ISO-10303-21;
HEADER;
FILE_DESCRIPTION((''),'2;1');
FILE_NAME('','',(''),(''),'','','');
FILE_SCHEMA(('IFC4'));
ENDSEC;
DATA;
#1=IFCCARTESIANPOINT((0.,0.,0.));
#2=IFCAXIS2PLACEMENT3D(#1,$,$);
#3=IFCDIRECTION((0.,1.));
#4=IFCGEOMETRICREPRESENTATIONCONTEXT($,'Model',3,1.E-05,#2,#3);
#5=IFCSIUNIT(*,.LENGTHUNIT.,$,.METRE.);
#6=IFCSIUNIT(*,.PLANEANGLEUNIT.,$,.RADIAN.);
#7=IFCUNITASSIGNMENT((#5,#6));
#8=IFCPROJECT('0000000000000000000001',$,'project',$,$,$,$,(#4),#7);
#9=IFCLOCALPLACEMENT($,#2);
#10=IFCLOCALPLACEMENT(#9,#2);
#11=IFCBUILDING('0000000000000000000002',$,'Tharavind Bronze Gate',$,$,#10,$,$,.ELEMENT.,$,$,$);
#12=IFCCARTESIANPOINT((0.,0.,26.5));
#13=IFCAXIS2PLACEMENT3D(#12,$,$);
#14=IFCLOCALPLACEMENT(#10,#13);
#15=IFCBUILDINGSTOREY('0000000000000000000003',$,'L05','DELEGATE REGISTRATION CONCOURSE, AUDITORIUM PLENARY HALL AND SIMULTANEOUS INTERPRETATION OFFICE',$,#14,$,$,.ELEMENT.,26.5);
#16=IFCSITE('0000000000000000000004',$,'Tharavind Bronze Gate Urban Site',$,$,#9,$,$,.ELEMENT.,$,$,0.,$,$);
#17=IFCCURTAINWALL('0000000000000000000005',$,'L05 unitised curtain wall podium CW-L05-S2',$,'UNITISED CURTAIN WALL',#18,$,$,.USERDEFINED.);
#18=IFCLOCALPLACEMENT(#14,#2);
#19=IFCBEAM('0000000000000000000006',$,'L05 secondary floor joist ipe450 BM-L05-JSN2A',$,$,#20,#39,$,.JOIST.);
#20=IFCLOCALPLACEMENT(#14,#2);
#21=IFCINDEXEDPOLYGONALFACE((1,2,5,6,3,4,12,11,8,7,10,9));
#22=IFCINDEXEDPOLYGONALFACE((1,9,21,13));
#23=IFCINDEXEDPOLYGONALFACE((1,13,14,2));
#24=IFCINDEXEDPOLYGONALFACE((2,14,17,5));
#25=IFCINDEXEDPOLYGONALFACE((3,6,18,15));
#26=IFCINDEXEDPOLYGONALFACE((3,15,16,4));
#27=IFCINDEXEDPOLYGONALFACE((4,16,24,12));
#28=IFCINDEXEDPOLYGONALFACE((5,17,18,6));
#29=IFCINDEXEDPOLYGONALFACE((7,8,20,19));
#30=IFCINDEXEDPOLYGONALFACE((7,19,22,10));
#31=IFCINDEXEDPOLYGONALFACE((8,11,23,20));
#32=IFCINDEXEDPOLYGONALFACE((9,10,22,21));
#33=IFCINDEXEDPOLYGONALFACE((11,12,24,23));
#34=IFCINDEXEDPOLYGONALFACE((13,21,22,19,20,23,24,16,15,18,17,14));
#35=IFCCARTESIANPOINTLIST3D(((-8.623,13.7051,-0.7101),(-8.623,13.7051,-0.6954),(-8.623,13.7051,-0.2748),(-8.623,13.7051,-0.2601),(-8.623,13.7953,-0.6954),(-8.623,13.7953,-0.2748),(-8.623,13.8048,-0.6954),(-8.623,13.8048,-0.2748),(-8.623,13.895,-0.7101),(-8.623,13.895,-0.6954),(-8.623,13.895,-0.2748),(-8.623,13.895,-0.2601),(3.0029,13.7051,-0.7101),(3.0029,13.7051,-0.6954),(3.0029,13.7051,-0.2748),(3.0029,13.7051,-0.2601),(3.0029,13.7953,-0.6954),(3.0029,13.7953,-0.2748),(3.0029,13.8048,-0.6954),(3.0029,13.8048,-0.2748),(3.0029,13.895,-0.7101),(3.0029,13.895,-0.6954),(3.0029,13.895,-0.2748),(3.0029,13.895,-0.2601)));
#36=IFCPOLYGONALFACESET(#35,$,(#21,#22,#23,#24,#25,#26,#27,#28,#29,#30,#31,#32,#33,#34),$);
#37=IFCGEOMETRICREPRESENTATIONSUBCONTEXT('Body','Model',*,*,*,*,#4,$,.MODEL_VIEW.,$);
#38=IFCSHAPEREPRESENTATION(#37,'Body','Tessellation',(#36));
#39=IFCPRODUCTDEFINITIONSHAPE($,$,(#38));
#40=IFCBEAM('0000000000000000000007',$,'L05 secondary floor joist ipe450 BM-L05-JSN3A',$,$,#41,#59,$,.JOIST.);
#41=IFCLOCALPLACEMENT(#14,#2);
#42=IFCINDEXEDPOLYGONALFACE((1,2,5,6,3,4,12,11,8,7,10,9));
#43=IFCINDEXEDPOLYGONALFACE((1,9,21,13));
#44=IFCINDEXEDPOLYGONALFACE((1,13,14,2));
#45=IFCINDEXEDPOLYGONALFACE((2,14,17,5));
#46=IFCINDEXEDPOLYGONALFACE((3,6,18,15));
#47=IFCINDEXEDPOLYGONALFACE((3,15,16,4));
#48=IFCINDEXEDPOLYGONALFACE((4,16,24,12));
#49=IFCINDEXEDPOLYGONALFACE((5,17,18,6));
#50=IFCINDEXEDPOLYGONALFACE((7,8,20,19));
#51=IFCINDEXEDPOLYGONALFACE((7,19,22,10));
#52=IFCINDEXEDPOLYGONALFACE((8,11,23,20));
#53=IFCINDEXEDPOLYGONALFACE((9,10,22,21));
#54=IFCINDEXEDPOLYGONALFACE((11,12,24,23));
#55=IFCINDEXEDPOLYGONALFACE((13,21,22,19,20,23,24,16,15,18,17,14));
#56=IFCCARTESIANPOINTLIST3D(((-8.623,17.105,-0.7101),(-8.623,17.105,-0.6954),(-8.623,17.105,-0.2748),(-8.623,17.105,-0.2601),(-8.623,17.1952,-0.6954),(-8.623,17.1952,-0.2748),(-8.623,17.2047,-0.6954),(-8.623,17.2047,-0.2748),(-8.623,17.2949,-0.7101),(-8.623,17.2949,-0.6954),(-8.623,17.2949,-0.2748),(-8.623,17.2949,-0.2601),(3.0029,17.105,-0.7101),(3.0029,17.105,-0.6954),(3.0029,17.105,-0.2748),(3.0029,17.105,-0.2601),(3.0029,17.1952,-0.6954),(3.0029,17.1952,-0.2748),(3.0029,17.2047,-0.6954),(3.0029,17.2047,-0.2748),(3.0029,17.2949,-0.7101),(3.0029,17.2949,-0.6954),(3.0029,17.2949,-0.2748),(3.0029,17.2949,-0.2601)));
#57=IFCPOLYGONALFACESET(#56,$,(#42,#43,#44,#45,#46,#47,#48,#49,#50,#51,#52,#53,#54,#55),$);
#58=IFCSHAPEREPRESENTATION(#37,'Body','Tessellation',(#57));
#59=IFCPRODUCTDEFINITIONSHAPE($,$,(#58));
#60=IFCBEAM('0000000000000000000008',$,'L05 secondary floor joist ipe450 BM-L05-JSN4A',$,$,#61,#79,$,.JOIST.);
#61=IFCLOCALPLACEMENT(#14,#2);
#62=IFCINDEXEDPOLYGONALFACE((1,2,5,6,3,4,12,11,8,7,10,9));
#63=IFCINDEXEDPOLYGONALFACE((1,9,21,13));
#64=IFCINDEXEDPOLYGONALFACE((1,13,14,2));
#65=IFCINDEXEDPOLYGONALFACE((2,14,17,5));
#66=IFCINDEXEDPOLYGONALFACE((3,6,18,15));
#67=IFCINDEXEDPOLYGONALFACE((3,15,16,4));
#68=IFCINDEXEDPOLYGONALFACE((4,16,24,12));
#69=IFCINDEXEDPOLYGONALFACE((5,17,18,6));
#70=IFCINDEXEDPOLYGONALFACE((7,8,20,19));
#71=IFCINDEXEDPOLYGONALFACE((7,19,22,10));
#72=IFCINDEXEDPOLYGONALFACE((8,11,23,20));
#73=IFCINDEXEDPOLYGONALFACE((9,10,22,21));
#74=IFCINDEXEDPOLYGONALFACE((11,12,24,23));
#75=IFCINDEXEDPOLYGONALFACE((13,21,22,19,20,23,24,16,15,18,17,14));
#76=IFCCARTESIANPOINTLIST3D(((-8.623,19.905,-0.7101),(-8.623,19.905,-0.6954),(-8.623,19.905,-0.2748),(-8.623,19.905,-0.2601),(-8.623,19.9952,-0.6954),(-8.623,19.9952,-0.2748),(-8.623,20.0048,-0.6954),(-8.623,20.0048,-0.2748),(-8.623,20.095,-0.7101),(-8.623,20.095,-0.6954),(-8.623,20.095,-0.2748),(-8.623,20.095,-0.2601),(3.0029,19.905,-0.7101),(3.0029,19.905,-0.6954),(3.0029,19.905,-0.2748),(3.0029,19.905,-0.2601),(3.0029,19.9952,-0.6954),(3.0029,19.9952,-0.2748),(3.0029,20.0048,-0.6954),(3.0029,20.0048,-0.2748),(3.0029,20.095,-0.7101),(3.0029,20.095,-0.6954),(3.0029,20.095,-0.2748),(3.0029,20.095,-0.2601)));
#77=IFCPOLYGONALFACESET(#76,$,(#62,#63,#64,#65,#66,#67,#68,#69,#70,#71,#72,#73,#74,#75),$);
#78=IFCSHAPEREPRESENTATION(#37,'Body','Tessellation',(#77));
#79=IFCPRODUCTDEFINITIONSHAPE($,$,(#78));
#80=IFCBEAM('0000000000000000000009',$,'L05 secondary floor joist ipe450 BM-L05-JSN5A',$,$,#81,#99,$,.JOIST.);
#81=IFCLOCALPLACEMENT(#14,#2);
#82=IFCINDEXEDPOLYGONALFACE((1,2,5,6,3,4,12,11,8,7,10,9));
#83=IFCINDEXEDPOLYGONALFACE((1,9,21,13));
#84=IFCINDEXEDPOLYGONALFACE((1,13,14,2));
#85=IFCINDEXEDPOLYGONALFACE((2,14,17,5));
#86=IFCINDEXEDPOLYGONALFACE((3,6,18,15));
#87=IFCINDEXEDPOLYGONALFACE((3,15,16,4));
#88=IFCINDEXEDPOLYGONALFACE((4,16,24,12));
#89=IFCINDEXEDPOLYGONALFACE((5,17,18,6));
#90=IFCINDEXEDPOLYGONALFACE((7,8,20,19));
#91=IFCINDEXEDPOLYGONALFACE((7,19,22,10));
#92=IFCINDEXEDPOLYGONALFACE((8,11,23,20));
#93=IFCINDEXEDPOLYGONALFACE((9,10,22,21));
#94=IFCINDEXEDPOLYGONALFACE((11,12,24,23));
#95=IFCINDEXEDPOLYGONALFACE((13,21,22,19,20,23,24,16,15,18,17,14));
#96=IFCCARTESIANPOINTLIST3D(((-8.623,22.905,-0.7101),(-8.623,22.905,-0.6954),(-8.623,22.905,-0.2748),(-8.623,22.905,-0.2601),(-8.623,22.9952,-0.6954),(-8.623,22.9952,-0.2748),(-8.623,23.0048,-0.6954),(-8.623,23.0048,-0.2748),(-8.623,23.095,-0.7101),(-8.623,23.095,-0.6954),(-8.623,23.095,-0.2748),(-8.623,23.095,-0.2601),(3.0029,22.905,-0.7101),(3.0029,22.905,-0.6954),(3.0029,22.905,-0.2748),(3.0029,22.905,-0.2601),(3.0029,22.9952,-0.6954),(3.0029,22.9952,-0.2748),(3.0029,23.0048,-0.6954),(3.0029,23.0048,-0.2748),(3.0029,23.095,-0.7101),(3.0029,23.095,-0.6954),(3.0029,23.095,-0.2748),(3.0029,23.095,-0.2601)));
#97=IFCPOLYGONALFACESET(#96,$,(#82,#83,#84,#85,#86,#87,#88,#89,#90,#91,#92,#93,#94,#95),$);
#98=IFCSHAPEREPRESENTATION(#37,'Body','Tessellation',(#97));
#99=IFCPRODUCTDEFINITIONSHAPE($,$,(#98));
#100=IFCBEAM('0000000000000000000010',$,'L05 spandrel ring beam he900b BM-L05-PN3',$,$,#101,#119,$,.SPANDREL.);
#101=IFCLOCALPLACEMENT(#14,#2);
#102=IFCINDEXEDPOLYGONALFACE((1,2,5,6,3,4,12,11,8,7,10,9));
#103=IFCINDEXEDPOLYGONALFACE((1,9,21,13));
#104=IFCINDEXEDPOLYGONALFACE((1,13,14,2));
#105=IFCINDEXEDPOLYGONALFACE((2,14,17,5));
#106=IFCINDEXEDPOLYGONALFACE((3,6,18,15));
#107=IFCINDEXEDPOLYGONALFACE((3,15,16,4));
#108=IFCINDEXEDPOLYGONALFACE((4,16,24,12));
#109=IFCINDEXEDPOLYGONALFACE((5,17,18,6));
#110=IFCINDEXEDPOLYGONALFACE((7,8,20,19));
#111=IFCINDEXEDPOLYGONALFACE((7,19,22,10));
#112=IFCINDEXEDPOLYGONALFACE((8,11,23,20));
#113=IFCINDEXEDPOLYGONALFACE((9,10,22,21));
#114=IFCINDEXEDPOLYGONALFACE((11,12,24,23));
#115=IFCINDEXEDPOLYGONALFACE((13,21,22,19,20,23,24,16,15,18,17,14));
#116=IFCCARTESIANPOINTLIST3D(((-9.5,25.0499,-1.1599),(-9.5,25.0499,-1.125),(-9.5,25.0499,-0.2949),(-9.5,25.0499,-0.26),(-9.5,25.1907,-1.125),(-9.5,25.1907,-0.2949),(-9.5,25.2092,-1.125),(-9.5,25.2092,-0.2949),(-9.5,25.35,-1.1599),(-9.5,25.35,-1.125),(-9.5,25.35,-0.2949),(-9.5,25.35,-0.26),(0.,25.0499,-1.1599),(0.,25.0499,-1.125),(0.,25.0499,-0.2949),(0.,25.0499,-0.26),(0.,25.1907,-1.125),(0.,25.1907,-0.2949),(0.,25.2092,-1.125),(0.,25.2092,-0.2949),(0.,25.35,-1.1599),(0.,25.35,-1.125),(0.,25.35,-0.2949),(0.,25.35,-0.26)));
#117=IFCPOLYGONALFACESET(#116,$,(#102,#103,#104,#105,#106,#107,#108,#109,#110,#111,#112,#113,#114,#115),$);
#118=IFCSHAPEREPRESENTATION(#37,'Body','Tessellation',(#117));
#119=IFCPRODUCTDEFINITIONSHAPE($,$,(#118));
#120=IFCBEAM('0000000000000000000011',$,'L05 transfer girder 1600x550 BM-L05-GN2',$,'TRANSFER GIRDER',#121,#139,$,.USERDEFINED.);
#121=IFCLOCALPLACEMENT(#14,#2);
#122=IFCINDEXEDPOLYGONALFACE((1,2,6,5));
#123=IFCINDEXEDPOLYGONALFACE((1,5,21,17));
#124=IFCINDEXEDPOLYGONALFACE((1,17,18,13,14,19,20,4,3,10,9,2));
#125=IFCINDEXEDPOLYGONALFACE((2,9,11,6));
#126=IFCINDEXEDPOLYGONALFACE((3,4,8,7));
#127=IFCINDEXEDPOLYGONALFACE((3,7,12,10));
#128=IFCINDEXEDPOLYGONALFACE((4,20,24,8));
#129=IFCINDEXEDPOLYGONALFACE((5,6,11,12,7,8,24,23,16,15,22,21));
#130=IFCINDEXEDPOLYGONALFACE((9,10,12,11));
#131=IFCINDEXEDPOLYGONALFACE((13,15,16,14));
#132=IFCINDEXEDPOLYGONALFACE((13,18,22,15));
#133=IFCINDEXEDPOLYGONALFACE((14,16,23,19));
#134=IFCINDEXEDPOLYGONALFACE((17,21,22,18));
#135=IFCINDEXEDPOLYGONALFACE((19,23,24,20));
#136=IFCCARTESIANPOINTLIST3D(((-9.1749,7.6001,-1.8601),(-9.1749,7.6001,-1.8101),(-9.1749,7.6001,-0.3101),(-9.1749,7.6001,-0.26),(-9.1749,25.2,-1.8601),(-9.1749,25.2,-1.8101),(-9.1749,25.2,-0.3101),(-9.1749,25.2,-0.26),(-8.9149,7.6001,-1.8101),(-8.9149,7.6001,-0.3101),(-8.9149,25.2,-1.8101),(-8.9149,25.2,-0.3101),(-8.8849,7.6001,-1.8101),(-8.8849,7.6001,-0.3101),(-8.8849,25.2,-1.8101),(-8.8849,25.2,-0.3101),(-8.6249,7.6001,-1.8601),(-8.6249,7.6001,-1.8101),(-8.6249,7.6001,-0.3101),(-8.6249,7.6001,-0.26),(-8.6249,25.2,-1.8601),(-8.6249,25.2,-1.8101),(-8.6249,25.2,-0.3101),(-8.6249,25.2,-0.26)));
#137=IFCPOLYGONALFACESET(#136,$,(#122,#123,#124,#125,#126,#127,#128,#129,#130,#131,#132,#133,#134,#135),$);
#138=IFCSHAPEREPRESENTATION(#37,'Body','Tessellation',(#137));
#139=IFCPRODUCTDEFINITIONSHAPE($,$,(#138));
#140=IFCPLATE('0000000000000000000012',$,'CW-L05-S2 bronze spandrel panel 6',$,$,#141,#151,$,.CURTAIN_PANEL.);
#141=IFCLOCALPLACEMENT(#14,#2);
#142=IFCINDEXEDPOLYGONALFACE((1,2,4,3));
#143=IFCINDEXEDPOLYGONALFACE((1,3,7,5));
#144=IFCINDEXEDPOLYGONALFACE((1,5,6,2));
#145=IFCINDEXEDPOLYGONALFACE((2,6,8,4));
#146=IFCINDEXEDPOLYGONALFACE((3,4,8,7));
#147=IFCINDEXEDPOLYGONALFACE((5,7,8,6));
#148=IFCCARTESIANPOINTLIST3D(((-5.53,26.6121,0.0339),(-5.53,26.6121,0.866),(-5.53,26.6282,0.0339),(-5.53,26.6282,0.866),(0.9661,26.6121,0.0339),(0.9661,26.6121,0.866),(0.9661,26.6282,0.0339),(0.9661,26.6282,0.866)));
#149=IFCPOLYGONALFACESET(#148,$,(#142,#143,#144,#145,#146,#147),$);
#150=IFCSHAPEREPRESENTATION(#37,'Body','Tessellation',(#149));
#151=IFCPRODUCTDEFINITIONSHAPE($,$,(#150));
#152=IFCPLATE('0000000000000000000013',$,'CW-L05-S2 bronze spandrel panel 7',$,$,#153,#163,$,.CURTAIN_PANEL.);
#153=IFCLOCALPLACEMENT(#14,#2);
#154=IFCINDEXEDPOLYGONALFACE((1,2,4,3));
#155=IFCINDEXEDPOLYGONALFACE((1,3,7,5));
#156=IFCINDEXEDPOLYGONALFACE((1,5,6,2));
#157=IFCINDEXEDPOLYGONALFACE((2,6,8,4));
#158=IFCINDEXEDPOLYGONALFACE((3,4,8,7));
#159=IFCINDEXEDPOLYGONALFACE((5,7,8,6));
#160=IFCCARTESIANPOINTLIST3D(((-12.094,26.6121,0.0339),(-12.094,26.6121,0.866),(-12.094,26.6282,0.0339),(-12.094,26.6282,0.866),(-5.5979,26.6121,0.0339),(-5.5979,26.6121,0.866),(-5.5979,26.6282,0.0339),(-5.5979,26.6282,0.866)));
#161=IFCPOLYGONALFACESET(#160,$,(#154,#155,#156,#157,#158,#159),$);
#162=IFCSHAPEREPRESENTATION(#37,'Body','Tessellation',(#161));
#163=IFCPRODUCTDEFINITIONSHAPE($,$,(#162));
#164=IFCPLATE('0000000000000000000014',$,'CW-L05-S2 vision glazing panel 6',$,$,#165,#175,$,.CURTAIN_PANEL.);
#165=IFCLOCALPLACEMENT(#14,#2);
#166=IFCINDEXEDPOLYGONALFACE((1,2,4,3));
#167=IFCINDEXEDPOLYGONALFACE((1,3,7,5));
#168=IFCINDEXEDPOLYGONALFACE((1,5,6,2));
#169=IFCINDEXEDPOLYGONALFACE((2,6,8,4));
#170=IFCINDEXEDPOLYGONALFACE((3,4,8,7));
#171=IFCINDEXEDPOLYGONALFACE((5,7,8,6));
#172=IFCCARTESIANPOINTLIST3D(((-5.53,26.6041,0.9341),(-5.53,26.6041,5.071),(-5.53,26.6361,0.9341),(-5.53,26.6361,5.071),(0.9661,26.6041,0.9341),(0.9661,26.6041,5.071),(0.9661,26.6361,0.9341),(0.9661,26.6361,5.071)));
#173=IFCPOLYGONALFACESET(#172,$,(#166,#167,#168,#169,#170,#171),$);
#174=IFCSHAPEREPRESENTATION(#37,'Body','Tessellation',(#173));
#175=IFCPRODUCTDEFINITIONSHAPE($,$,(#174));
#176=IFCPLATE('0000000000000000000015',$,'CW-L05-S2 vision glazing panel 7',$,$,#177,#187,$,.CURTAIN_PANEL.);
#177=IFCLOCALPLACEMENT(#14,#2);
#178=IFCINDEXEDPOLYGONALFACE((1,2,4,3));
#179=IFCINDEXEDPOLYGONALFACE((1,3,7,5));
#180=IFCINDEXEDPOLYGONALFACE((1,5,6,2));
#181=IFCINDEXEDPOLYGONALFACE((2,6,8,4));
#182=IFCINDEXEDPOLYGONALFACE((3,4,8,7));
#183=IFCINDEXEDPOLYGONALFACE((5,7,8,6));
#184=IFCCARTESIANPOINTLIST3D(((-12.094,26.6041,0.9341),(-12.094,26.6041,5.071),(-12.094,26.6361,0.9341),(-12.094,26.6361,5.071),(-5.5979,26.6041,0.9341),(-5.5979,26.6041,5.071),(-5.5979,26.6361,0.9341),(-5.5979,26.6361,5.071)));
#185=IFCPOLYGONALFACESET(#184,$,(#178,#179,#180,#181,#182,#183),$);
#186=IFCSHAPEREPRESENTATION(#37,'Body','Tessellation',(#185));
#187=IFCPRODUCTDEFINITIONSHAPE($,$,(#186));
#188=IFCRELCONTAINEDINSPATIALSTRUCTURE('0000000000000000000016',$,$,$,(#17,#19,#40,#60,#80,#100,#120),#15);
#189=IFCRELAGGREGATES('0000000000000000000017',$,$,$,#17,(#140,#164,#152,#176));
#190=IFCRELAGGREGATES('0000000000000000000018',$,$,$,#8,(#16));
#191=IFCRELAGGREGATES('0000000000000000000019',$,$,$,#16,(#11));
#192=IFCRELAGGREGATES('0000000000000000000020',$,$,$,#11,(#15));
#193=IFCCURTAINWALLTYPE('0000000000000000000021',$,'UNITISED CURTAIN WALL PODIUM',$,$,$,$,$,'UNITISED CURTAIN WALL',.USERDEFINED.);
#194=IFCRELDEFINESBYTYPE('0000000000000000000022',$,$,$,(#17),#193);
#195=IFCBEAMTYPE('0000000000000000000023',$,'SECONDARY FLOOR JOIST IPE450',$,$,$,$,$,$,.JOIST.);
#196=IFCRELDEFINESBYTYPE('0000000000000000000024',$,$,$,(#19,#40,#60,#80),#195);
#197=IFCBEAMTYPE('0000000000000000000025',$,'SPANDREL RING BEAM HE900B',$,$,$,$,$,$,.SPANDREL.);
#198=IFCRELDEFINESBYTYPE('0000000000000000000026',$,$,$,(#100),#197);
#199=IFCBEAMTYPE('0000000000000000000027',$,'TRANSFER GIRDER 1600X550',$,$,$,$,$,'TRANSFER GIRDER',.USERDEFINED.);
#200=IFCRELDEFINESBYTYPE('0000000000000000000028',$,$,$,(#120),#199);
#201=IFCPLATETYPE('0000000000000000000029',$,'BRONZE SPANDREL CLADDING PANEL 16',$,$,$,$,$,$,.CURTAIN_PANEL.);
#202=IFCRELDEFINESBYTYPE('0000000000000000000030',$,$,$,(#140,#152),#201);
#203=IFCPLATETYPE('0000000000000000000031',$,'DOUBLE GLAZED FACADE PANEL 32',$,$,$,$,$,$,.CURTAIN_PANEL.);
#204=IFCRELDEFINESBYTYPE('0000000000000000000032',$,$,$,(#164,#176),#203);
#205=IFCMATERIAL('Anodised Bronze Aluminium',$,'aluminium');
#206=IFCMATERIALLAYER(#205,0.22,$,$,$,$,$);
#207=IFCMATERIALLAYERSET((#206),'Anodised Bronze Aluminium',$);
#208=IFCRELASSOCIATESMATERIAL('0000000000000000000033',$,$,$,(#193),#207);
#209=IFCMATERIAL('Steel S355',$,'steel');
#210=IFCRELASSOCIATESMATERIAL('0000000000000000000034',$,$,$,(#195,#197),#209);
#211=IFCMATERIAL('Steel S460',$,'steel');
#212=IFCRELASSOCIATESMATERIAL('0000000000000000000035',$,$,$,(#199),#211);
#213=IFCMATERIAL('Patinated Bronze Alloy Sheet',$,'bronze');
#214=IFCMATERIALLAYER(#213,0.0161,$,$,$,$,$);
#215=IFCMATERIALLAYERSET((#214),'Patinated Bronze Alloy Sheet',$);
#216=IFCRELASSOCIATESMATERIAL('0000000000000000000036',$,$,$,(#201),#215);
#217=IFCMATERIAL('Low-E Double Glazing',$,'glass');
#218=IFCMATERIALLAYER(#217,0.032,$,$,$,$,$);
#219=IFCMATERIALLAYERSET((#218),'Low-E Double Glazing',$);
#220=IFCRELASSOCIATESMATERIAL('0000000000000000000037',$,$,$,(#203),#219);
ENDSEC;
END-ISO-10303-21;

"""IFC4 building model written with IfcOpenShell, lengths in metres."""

from ifc_helpers import new_model, si_unit, direction, frame, origin, origin_2d, place, context, subcontext, project, spatial, rectangle, i_section, extrude, material, layer, layer_set, material_profile, profile_set, type_object, element, aggregate, save


model = new_model("IFC4")

# Units and contexts
model_context = context("Model", 3, precision=1e-05, world=origin(), true_north=direction((0.0, 1.0)))
body_context = subcontext(model_context, "Body", "Model", "MODEL_VIEW")
ifc_project = project(units=[si_unit("LENGTHUNIT", "METRE"), si_unit("PLANEANGLEUNIT", "RADIAN")], contexts=[model_context])

# Site, building, storey
site_placement = place(None, origin())
site = spatial("IfcSite", under=ifc_project, at=site_placement, Name="Tharavind Bronze Gate Urban Site", CompositionType="ELEMENT", RefElevation=0.0)
building_placement = place(site_placement, origin())
building = spatial("IfcBuilding", under=site, at=building_placement, Name="Tharavind Bronze Gate", CompositionType="ELEMENT")
storey_placement = place(building_placement, frame((0.0, 0.0, 26.5)))
storey = spatial("IfcBuildingStorey", under=building, at=storey_placement, Name="L05", Description="DELEGATE REGISTRATION CONCOURSE, AUDITORIUM PLENARY HALL AND SIMULTANEOUS INTERPRETATION OFFICE", CompositionType="ELEMENT", Elevation=26.5)

# Shared definitions
ifc_material_1 = material(Name="Steel S460", Category="steel")

# Curtain wall
ifc_material_2 = material(Name="Anodised Bronze Aluminium", Category="aluminium")
ifc_layer_1 = layer(ifc_material_2, 0.22)
ifc_layer_set_1 = layer_set([ifc_layer_1], Name="Anodised Bronze Aluminium")
curtain_wall_type = type_object("IfcCurtainWallType", Name="UNITISED CURTAIN WALL PODIUM", ElementType="UNITISED CURTAIN WALL", PredefinedType="USERDEFINED", material=ifc_layer_set_1)
curtain_wall_placement = place(storey_placement, origin())
curtain_wall = element("IfcCurtainWall", 1, at=curtain_wall_placement, inside=storey, type_object=curtain_wall_type, Name="L05 unitised curtain wall podium CW-L05-S2", ObjectType="UNITISED CURTAIN WALL", PredefinedType="USERDEFINED")

# Beams
ifc_material_3 = material(Name="Steel S355", Category="steel")
ifc_material_profile_1 = material_profile(ifc_material_3, i_section(OverallWidth=0.1899, OverallDepth=0.45, WebThickness=0.0095, FlangeThickness=0.0146, at=origin_2d()), Name="IPE450")
ifc_profile_set_1 = profile_set([ifc_material_profile_1], Name="Steel S355")
beam_type_1 = type_object("IfcBeamType", Name="SECONDARY FLOOR JOIST IPE450", PredefinedType="JOIST", material=ifc_profile_set_1)
for number, where, z_axis, x_axis, name in (
    (2, (-8.623, 13.8, -0.4851), (1.0, 0.0, 0.0), (0.0, 1.0, 0.0), "L05 secondary floor joist ipe450 BM-L05-JSN2A"),
    (3, (-8.623, 17.2, -0.4851), (1.0, 0.0, 0.0), (0.0, 1.0, 0.0), "L05 secondary floor joist ipe450 BM-L05-JSN3A"),
    (4, (-8.623, 20.0, -0.4851), (1.0, 0.0, 0.0), (0.0, 1.0, 0.0), "L05 secondary floor joist ipe450 BM-L05-JSN4A"),
    (5, (-8.623, 23.0, -0.4851), (1.0, 0.0, 0.0), (0.0, 1.0, 0.0), "L05 secondary floor joist ipe450 BM-L05-JSN5A"),
):
    element("IfcBeam", number, at=place(storey_placement, frame(where, z_axis=z_axis, x_axis=x_axis)), inside=storey, type_object=beam_type_1, Name=name, PredefinedType="JOIST", context=body_context, shape_type="SweptSolid", body=[
        extrude(i_section(OverallWidth=0.1899, OverallDepth=0.45, WebThickness=0.0095, FlangeThickness=0.0146, at=origin_2d()), origin(), (0.0, 0.0, 1.0), 11.626),
    ])
ifc_material_profile_2 = material_profile(ifc_material_3, i_section(OverallWidth=0.3, OverallDepth=0.8999, WebThickness=0.0186, FlangeThickness=0.0349, at=origin_2d()), Name="HE900B")
ifc_profile_set_2 = profile_set([ifc_material_profile_2], Name="Steel S355")
beam_type_2 = type_object("IfcBeamType", Name="SPANDREL RING BEAM HE900B", PredefinedType="SPANDREL", material=ifc_profile_set_2)
beam_1_placement = place(storey_placement, frame((-9.5, 25.2, -0.71), z_axis=(1.0, 0.0, 0.0), x_axis=(0.0, 1.0, 0.0)))
element("IfcBeam", 6, at=beam_1_placement, inside=storey, type_object=beam_type_2, Name="L05 spandrel ring beam he900b BM-L05-PN3", PredefinedType="SPANDREL", context=body_context, shape_type="SweptSolid", body=[
    extrude(i_section(OverallWidth=0.3, OverallDepth=0.8999, WebThickness=0.0186, FlangeThickness=0.0349, at=origin_2d()), origin(), (0.0, 0.0, 1.0), 9.5),
])
ifc_material_profile_3 = material_profile(ifc_material_1, i_section(OverallWidth=0.55, OverallDepth=1.6001, WebThickness=0.03, FlangeThickness=0.05, at=origin_2d()), Name="PG1600X550")
ifc_profile_set_3 = profile_set([ifc_material_profile_3], Name="Steel S460")
beam_type_3 = type_object("IfcBeamType", Name="TRANSFER GIRDER 1600X550", ElementType="TRANSFER GIRDER", PredefinedType="USERDEFINED", material=ifc_profile_set_3)
beam_2_placement = place(storey_placement, frame((-8.8999, 25.2, -1.0601), z_axis=(0.0, -1.0, 0.0), x_axis=(1.0, 0.0, 0.0)))
element("IfcBeam", 7, at=beam_2_placement, inside=storey, type_object=beam_type_3, Name="L05 transfer girder 1600x550 BM-L05-GN2", ObjectType="TRANSFER GIRDER", PredefinedType="USERDEFINED", context=body_context, shape_type="SweptSolid", body=[
    extrude(i_section(OverallWidth=0.55, OverallDepth=1.6001, WebThickness=0.03, FlangeThickness=0.05, at=origin_2d()), origin(), (0.0, 0.0, 1.0), 17.5999),
])

# Plates
ifc_material_4 = material(Name="Patinated Bronze Alloy Sheet", Category="bronze")
ifc_layer_2 = layer(ifc_material_4, 0.0161)
ifc_layer_set_2 = layer_set([ifc_layer_2], Name="Patinated Bronze Alloy Sheet")
plate_type_1 = type_object("IfcPlateType", Name="BRONZE SPANDREL CLADDING PANEL 16", PredefinedType="CURTAIN_PANEL", material=ifc_layer_set_2)
plate_1_placement = place(storey_placement, frame((-2.282, 26.6201, 0.0339), z_axis=(0.0, 0.0, 1.0), x_axis=(-1.0, 0.0, 0.0)))
plate_1 = element("IfcPlate", 8, at=plate_1_placement, type_object=plate_type_1, Name="CW-L05-S2 bronze spandrel panel 6", PredefinedType="CURTAIN_PANEL", context=body_context, shape_type="SweptSolid", body=[
    extrude(rectangle(XDim=6.4961, YDim=0.0161, at=origin_2d()), origin(), (0.0, 0.0, 1.0), 0.832),
])
plate_2_placement = place(storey_placement, frame((-8.8459, 26.6201, 0.0339), z_axis=(0.0, 0.0, 1.0), x_axis=(-1.0, 0.0, 0.0)))
plate_2 = element("IfcPlate", 9, at=plate_2_placement, type_object=plate_type_1, Name="CW-L05-S2 bronze spandrel panel 7", PredefinedType="CURTAIN_PANEL", context=body_context, shape_type="SweptSolid", body=[
    extrude(rectangle(XDim=6.4961, YDim=0.0161, at=origin_2d()), origin(), (0.0, 0.0, 1.0), 0.832),
])
ifc_material_5 = material(Name="Low-E Double Glazing", Category="glass")
ifc_layer_3 = layer(ifc_material_5, 0.032)
ifc_layer_set_3 = layer_set([ifc_layer_3], Name="Low-E Double Glazing")
plate_type_2 = type_object("IfcPlateType", Name="DOUBLE GLAZED FACADE PANEL 32", PredefinedType="CURTAIN_PANEL", material=ifc_layer_set_3)
plate_3_placement = place(storey_placement, frame((-2.282, 26.6201, 0.9341), z_axis=(0.0, 0.0, 1.0), x_axis=(-1.0, 0.0, 0.0)))
plate_3 = element("IfcPlate", 10, at=plate_3_placement, type_object=plate_type_2, Name="CW-L05-S2 vision glazing panel 6", PredefinedType="CURTAIN_PANEL", context=body_context, shape_type="SweptSolid", body=[
    extrude(rectangle(XDim=6.4961, YDim=0.032, at=origin_2d()), origin(), (0.0, 0.0, 1.0), 4.137),
])
plate_4_placement = place(storey_placement, frame((-8.8459, 26.6201, 0.9341), z_axis=(0.0, 0.0, 1.0), x_axis=(-1.0, 0.0, 0.0)))
plate_4 = element("IfcPlate", 11, at=plate_4_placement, type_object=plate_type_2, Name="CW-L05-S2 vision glazing panel 7", PredefinedType="CURTAIN_PANEL", context=body_context, shape_type="SweptSolid", body=[
    extrude(rectangle(XDim=6.4961, YDim=0.032, at=origin_2d()), origin(), (0.0, 0.0, 1.0), 4.137),
])
aggregate(curtain_wall, [plate_1, plate_3, plate_2, plate_4])

save(model, "model.ifc")
